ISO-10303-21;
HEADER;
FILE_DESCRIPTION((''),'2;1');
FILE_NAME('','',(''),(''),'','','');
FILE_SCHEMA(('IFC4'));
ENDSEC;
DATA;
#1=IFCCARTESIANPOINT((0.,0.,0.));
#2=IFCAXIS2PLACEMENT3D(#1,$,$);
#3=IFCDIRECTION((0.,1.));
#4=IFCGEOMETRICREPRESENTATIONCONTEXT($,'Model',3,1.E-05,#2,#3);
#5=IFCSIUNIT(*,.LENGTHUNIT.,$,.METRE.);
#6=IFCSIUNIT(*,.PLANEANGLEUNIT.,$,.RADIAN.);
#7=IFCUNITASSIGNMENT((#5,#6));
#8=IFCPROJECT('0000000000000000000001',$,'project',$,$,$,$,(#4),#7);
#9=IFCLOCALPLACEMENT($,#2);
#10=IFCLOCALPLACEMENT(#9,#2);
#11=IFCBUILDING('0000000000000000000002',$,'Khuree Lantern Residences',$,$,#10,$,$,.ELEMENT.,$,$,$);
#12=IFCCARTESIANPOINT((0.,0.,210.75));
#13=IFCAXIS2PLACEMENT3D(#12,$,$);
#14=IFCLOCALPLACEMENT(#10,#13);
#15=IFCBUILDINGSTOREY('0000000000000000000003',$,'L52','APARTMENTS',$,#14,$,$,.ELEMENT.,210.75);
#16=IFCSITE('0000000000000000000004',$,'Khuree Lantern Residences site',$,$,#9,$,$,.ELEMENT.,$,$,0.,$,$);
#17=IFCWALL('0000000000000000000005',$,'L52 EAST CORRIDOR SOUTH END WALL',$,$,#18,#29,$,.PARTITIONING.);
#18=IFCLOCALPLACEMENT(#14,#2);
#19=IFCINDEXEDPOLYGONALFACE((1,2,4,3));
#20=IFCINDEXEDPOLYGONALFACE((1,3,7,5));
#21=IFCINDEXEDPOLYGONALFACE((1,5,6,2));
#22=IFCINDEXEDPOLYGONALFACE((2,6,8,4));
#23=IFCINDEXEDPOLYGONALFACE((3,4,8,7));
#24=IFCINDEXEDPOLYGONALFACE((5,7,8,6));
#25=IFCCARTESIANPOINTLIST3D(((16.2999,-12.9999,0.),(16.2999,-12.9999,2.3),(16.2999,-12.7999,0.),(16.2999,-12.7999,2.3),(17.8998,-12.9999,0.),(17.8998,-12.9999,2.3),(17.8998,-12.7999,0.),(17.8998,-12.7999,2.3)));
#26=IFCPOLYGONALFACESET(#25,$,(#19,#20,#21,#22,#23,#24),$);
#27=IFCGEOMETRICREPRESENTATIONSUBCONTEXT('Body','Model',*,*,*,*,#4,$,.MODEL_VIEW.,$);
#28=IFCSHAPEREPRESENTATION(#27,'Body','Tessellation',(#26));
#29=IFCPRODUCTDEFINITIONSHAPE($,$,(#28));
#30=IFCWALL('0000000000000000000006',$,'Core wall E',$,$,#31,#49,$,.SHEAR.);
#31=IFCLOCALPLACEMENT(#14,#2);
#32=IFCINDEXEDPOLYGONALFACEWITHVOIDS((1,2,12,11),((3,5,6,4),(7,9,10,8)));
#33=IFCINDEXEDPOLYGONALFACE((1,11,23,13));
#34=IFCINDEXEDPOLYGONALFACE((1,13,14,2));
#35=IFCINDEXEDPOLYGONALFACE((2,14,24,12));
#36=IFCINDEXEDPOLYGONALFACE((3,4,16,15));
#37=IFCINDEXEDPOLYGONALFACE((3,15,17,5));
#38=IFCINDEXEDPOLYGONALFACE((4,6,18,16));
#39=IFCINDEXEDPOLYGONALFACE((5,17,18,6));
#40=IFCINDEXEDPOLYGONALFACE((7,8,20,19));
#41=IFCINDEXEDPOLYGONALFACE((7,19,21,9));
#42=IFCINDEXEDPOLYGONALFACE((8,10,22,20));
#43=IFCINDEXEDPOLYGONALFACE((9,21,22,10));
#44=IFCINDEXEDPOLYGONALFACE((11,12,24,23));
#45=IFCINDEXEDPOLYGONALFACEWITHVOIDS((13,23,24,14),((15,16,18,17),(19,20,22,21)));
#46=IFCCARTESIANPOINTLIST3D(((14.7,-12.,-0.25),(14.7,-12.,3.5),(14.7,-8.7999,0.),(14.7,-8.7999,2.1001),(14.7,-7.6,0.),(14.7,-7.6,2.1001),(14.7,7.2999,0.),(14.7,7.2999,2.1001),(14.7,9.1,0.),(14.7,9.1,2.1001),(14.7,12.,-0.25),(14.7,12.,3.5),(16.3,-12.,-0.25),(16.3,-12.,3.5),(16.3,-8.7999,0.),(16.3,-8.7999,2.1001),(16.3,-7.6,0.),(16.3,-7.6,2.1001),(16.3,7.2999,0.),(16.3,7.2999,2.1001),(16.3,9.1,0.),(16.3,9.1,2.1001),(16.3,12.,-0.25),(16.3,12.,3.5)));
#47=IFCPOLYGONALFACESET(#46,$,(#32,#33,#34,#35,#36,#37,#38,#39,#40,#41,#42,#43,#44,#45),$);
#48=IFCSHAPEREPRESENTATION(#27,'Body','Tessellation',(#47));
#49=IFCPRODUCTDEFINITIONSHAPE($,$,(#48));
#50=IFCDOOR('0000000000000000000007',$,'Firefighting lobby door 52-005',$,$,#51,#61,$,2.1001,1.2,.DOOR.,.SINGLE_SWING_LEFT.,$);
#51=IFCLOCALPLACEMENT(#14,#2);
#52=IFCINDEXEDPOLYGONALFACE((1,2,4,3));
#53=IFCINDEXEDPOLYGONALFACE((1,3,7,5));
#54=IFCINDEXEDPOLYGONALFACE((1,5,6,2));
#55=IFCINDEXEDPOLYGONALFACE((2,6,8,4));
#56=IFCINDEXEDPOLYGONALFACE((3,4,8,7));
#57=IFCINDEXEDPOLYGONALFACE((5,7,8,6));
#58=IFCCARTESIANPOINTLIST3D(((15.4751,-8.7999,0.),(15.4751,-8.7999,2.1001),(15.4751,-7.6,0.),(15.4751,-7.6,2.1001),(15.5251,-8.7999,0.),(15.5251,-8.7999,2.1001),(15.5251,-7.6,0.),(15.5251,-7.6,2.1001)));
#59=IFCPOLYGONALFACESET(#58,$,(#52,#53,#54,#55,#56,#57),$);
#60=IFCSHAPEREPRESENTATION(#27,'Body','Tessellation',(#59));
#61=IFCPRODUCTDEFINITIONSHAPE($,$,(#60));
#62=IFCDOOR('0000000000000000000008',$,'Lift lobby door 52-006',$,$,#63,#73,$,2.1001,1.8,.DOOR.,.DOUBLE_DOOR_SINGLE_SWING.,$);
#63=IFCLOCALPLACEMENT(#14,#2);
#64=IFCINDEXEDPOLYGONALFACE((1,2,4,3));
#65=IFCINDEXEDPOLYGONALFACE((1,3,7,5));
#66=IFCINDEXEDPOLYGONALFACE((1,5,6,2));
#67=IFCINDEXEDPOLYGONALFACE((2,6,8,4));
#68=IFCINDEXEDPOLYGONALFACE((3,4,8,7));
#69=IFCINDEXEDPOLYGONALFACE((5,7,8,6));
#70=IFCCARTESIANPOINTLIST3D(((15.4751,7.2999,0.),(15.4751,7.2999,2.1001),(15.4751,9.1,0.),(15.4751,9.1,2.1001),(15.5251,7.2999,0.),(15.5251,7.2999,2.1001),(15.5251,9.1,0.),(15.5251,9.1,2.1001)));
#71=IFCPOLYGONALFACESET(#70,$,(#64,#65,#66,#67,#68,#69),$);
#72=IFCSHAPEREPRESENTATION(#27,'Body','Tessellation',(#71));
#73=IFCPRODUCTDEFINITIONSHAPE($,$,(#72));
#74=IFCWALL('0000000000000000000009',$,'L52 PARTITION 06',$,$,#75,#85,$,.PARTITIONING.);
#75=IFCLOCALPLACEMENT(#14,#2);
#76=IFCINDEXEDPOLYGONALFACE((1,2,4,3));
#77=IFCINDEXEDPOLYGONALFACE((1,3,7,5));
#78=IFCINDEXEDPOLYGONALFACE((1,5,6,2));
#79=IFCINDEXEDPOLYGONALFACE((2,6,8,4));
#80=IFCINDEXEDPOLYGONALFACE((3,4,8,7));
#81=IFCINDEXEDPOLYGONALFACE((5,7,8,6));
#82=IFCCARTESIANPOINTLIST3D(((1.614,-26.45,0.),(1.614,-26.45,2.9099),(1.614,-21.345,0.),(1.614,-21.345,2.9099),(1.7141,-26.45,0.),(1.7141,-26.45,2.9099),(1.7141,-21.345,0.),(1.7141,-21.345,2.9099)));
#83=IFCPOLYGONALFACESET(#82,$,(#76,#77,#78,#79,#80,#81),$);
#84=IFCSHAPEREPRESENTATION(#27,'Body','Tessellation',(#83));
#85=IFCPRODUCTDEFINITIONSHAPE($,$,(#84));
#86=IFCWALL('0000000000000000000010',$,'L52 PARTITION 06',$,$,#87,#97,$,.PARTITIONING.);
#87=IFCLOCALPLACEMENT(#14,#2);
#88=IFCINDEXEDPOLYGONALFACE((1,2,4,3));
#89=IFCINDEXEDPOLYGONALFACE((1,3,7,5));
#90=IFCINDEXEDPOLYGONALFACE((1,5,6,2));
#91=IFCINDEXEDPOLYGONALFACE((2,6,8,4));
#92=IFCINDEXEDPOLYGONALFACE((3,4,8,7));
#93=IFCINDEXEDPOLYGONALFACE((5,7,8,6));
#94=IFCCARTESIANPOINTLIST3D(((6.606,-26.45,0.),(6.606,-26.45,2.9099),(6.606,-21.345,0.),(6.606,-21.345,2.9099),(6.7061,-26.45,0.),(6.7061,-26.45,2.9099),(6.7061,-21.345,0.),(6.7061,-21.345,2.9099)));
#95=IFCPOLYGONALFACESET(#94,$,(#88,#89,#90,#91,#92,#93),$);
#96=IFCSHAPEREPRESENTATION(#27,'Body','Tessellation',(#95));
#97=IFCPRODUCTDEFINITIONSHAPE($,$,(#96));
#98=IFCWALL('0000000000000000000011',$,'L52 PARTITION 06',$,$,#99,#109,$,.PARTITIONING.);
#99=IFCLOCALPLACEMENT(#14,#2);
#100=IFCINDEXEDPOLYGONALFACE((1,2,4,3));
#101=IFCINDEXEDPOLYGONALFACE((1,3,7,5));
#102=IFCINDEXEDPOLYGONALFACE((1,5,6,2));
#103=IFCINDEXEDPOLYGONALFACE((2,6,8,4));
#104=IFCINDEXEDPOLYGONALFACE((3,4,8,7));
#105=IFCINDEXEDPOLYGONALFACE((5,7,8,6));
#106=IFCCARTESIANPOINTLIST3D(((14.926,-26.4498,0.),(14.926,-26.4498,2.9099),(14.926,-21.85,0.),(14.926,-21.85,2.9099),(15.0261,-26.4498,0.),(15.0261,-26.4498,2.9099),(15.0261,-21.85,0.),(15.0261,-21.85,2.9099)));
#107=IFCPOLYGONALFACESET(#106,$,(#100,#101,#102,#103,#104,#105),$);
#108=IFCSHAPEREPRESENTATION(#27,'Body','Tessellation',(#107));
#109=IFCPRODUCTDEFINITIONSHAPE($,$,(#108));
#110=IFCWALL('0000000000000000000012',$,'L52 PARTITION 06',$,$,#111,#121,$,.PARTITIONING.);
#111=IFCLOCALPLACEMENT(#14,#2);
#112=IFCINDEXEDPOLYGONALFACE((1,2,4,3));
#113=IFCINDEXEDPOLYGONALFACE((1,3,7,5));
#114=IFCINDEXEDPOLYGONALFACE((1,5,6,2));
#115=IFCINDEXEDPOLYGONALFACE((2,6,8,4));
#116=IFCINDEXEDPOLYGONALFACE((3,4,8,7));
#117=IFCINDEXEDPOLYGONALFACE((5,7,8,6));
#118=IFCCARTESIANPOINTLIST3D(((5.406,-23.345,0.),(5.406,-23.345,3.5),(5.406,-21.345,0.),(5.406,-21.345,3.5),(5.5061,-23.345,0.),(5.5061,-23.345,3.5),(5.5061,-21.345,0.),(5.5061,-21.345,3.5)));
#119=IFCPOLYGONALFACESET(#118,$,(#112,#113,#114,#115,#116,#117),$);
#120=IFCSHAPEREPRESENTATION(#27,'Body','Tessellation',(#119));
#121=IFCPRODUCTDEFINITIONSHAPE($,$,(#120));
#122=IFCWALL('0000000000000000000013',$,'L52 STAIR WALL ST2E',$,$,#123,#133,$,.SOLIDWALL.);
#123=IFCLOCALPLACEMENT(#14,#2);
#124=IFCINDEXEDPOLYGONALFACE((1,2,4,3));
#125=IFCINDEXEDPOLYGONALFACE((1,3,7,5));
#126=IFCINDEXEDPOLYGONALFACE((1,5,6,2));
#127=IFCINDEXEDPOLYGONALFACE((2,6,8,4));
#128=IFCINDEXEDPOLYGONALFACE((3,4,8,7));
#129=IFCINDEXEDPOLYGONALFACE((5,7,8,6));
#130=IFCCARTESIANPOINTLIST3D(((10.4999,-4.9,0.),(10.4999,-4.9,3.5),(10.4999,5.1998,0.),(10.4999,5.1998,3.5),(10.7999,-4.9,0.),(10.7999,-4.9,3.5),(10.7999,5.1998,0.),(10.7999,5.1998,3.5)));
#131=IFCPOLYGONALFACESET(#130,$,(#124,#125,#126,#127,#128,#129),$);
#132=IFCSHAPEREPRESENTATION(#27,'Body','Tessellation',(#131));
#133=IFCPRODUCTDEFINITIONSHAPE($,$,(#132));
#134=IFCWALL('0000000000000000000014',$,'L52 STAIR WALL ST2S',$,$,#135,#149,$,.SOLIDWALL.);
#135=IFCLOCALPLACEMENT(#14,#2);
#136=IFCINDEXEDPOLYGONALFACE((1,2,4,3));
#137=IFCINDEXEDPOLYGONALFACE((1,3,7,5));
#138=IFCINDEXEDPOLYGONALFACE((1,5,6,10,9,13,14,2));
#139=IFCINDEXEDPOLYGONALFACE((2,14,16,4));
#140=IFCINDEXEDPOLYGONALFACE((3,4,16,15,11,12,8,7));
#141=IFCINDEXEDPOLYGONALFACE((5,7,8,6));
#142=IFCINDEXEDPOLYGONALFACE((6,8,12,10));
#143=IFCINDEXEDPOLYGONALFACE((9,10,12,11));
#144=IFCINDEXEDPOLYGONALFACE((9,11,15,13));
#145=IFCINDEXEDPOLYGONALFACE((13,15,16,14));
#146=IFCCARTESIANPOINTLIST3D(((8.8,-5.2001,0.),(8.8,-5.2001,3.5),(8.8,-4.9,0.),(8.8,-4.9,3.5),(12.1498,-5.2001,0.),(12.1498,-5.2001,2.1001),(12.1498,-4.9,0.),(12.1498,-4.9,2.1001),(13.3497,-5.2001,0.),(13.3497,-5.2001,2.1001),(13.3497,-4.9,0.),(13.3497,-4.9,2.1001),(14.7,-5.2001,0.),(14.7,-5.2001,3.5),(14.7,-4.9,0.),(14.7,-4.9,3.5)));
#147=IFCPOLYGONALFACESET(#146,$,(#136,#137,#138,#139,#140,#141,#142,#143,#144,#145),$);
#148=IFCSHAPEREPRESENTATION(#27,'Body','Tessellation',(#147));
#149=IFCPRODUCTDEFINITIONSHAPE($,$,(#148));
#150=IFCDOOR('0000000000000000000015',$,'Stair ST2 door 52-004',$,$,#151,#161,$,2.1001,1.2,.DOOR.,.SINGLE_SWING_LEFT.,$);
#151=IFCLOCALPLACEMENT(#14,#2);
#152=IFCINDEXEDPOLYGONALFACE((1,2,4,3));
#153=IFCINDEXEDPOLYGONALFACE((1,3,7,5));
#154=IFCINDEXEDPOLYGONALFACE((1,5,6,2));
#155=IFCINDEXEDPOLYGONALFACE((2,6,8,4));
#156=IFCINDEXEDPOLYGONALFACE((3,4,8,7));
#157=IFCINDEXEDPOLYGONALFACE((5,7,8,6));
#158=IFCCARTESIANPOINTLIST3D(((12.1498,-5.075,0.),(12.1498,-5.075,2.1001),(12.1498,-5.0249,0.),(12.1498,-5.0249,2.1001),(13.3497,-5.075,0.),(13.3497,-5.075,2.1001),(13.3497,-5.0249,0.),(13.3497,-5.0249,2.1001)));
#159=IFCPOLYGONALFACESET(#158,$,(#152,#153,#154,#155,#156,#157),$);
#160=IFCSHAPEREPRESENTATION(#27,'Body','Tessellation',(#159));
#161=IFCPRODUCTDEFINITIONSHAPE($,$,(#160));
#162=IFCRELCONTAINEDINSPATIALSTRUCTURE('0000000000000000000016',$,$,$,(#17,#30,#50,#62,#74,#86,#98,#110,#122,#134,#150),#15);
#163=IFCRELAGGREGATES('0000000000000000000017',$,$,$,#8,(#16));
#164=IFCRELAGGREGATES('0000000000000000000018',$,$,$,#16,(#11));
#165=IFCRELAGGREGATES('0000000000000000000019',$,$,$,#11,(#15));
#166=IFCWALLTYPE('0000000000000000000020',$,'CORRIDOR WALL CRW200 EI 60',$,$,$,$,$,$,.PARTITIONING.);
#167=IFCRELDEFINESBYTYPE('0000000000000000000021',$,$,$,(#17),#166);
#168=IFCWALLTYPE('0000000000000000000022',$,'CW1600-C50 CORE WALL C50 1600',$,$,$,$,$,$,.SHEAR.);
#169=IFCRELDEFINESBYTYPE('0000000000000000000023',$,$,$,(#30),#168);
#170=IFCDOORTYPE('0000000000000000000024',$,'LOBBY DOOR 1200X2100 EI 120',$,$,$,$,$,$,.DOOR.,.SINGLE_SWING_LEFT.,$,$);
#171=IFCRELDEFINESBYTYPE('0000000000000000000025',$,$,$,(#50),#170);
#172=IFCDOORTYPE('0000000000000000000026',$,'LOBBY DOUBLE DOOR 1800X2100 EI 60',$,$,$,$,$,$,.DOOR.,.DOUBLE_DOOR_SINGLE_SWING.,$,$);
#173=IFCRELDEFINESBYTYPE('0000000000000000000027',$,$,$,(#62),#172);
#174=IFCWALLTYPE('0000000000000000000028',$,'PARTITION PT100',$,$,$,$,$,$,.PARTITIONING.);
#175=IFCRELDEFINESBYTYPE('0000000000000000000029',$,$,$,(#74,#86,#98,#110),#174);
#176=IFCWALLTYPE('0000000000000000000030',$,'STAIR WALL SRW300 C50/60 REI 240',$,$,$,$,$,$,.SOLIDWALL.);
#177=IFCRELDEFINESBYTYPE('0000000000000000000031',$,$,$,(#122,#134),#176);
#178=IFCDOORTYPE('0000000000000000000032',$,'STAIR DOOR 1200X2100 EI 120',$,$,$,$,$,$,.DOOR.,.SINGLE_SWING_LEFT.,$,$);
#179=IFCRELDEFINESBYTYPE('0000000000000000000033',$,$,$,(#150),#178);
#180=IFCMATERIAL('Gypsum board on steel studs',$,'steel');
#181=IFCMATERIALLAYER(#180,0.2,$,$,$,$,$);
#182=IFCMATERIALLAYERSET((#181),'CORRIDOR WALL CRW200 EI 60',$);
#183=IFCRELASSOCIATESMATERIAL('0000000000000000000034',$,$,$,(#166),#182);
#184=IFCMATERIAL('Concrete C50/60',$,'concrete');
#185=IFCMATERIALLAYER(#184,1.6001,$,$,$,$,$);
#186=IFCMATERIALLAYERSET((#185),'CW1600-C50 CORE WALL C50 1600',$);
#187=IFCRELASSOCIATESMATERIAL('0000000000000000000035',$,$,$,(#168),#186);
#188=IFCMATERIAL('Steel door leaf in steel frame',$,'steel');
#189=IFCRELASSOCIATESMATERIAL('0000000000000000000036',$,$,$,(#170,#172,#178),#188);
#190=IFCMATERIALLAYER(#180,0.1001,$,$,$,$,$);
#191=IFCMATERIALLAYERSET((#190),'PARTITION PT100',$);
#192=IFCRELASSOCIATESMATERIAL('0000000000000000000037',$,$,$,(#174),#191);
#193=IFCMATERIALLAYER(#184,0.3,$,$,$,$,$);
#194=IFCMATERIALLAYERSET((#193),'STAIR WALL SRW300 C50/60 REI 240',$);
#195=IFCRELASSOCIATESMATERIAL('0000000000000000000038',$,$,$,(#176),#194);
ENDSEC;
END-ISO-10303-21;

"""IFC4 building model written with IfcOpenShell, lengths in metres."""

from ifc_helpers import new_model, si_unit, direction, frame, frame_2d, origin, place, context, subcontext, project, spatial, rectangle, extrude, material, layer, layer_set, type_object, element, fill, save


model = new_model("IFC4")

# Units and contexts
model_context = context("Model", 3, precision=1e-05, world=origin(), true_north=direction((0.0, 1.0)))
body_context = subcontext(model_context, "Body", "Model", "MODEL_VIEW")
ifc_project = project(units=[si_unit("LENGTHUNIT", "METRE"), si_unit("PLANEANGLEUNIT", "RADIAN")], contexts=[model_context])

# Site, building, storey
site_placement = place(None, origin())
site = spatial("IfcSite", under=ifc_project, at=site_placement, Name="Khuree Lantern Residences site", CompositionType="ELEMENT", RefElevation=0.0)
building_placement = place(site_placement, origin())
building = spatial("IfcBuilding", under=site, at=building_placement, Name="Khuree Lantern Residences", CompositionType="ELEMENT")
storey_placement = place(building_placement, frame((0.0, 0.0, 210.75)))
storey = spatial("IfcBuildingStorey", under=building, at=storey_placement, Name="L52", Description="APARTMENTS", CompositionType="ELEMENT", Elevation=210.75)

# Shared definitions
ifc_material_1 = material(Name="Concrete C50/60", Category="concrete")

# Wall
ifc_material_2 = material(Name="Gypsum board on steel studs", Category="steel")
ifc_layer_1 = layer(ifc_material_2, 0.2)
ifc_layer_set_1 = layer_set([ifc_layer_1], Name="CORRIDOR WALL CRW200 EI 60")
wall_type_1 = type_object("IfcWallType", Name="CORRIDOR WALL CRW200 EI 60", PredefinedType="PARTITIONING", material=ifc_layer_set_1)
wall_1_placement = place(storey_placement, frame((16.3, -12.8999, 0.0), z_axis=(0.0, 0.0, 1.0), x_axis=(1.0, 0.0, 0.0)))
element("IfcWall", 1, at=wall_1_placement, inside=storey, type_object=wall_type_1, Name="L52 EAST CORRIDOR SOUTH END WALL", PredefinedType="PARTITIONING", context=body_context, shape_type="SweptSolid", body=[
    extrude(rectangle(XDim=1.5999, YDim=0.2, at=frame_2d((0.7998, 0.0))), origin(), (0.0, 0.0, 1.0), 2.3),
])

# Wall, openings, doors
ifc_layer_2 = layer(ifc_material_1, 1.6001)
ifc_layer_set_2 = layer_set([ifc_layer_2], Name="CW1600-C50 CORE WALL C50 1600")
wall_type_2 = type_object("IfcWallType", Name="CW1600-C50 CORE WALL C50 1600", PredefinedType="SHEAR", material=ifc_layer_set_2)
wall_2_placement = place(storey_placement, frame((15.5, -12.0, -0.25), z_axis=(0.0, 0.0, 1.0), x_axis=(0.0, 1.0, 0.0)))
wall_2 = element("IfcWall", 2, at=wall_2_placement, inside=storey, type_object=wall_type_2, Name="Core wall E", PredefinedType="SHEAR", context=body_context, shape_type="SweptSolid", body=[
    extrude(rectangle(XDim=24.0, YDim=1.6001, at=frame_2d((12.0, 0.0))), origin(), (0.0, 0.0, 1.0), 3.75),
])
opening_1_placement = place(wall_2_placement, frame((3.2, 0.0, 0.25)))
opening_1 = element("IfcOpeningElement", 3, at=opening_1_placement, cuts=wall_2, PredefinedType="OPENING", context=body_context, shape_type="SweptSolid", body=[
    extrude(rectangle(XDim=1.2, YDim=2.1001, at=frame_2d((0.6001, 1.05))), frame((0.0, 0.8101, 0.0), z_axis=(0.0, -1.0, 0.0), x_axis=(1.0, 0.0, 0.0)), (0.0, 0.0, 1.0), 1.6201),
])
opening_2_placement = place(wall_2_placement, frame((19.3, 0.0, 0.25)))
opening_2 = element("IfcOpeningElement", 4, at=opening_2_placement, cuts=wall_2, PredefinedType="OPENING", context=body_context, shape_type="SweptSolid", body=[
    extrude(rectangle(XDim=1.8, YDim=2.1001, at=frame_2d((0.8999, 1.05))), frame((0.0, 0.8101, 0.0), z_axis=(0.0, -1.0, 0.0), x_axis=(1.0, 0.0, 0.0)), (0.0, 0.0, 1.0), 1.6201),
])
ifc_material_3 = material(Name="Steel door leaf in steel frame", Category="steel")
door_type_1 = type_object("IfcDoorType", Name="LOBBY DOOR 1200X2100 EI 120", OperationType="SINGLE_SWING_LEFT", PredefinedType="DOOR", material=ifc_material_3)
door_1_placement = place(opening_1_placement, origin())
door_1 = element("IfcDoor", 5, at=door_1_placement, inside=storey, type_object=door_type_1, Name="Firefighting lobby door 52-005", OperationType="SINGLE_SWING_LEFT", OverallHeight=2.1001, OverallWidth=1.2, PredefinedType="DOOR", context=body_context, shape_type="SweptSolid", body=[
    extrude(rectangle(XDim=1.2, YDim=2.1001, at=frame_2d((0.6001, 1.05))), frame((0.0, 0.0249, 0.0), z_axis=(0.0, -1.0, 0.0), x_axis=(1.0, 0.0, 0.0)), (0.0, 0.0, 1.0), 0.05),
])
fill(opening_1, door_1)
door_type_2 = type_object("IfcDoorType", Name="LOBBY DOUBLE DOOR 1800X2100 EI 60", OperationType="DOUBLE_DOOR_SINGLE_SWING", PredefinedType="DOOR", material=ifc_material_3)
door_2_placement = place(opening_2_placement, origin())
door_2 = element("IfcDoor", 6, at=door_2_placement, inside=storey, type_object=door_type_2, Name="Lift lobby door 52-006", OperationType="DOUBLE_DOOR_SINGLE_SWING", OverallHeight=2.1001, OverallWidth=1.8, PredefinedType="DOOR", context=body_context, shape_type="SweptSolid", body=[
    extrude(rectangle(XDim=1.8, YDim=2.1001, at=frame_2d((0.8999, 1.05))), frame((0.0, 0.0249, 0.0), z_axis=(0.0, -1.0, 0.0), x_axis=(1.0, 0.0, 0.0)), (0.0, 0.0, 1.0), 0.05),
])
fill(opening_2, door_2)

# Walls
ifc_layer_3 = layer(ifc_material_2, 0.1001)
ifc_layer_set_3 = layer_set([ifc_layer_3], Name="PARTITION PT100")
wall_type_3 = type_object("IfcWallType", Name="PARTITION PT100", PredefinedType="PARTITIONING", material=ifc_layer_set_3)
for number, where, z_axis, x_axis, name in (
    (7, (1.6641, -21.345, 0.0), (0.0, 0.0, 1.0), (0.0, -1.0, 0.0), "L52 PARTITION 06"),
    (8, (6.656, -21.345, 0.0), (0.0, 0.0, 1.0), (0.0, -1.0, 0.0), "L52 PARTITION 06"),
):
    element("IfcWall", number, at=place(storey_placement, frame(where, z_axis=z_axis, x_axis=x_axis)), inside=storey, type_object=wall_type_3, Name=name, PredefinedType="PARTITIONING", context=body_context, shape_type="SweptSolid", body=[
        extrude(rectangle(XDim=5.105, YDim=0.1001, at=frame_2d((2.5525, 0.0))), origin(), (0.0, 0.0, 1.0), 2.9099),
    ])
wall_3_placement = place(storey_placement, frame((14.9761, -21.8501, 0.0), z_axis=(0.0, 0.0, 1.0), x_axis=(0.0, -1.0, 0.0)))
element("IfcWall", 9, at=wall_3_placement, inside=storey, type_object=wall_type_3, Name="L52 PARTITION 06", PredefinedType="PARTITIONING", context=body_context, shape_type="SweptSolid", body=[
    extrude(rectangle(XDim=4.5999, YDim=0.1001, at=frame_2d((2.2998, 0.0))), origin(), (0.0, 0.0, 1.0), 2.9099),
])
wall_4_placement = place(storey_placement, frame((5.4561, -21.345, 0.0), z_axis=(0.0, 0.0, 1.0), x_axis=(0.0, -1.0, 0.0)))
element("IfcWall", 10, at=wall_4_placement, inside=storey, type_object=wall_type_3, Name="L52 PARTITION 06", PredefinedType="PARTITIONING", context=body_context, shape_type="SweptSolid", body=[
    extrude(rectangle(XDim=2.0, YDim=0.1001, at=frame_2d((1.0, 0.0))), origin(), (0.0, 0.0, 1.0), 3.5),
])
ifc_layer_4 = layer(ifc_material_1, 0.3)
ifc_layer_set_4 = layer_set([ifc_layer_4], Name="STAIR WALL SRW300 C50/60 REI 240")
wall_type_4 = type_object("IfcWallType", Name="STAIR WALL SRW300 C50/60 REI 240", PredefinedType="SOLIDWALL", material=ifc_layer_set_4)
wall_5_placement = place(storey_placement, frame((10.6499, -4.8999, 0.0), z_axis=(0.0, 0.0, 1.0), x_axis=(0.0, 1.0, 0.0)))
element("IfcWall", 11, at=wall_5_placement, inside=storey, type_object=wall_type_4, Name="L52 STAIR WALL ST2E", PredefinedType="SOLIDWALL", context=body_context, shape_type="SweptSolid", body=[
    extrude(rectangle(XDim=10.0999, YDim=0.3, at=frame_2d((5.0498, 0.0))), origin(), (0.0, 0.0, 1.0), 3.5),
])

# Wall, opening, door
wall_6_placement = place(storey_placement, frame((14.7, -5.05, 0.0), z_axis=(0.0, 0.0, 1.0), x_axis=(-1.0, 0.0, 0.0)))
wall_6 = element("IfcWall", 12, at=wall_6_placement, inside=storey, type_object=wall_type_4, Name="L52 STAIR WALL ST2S", PredefinedType="SOLIDWALL", context=body_context, shape_type="SweptSolid", body=[
    extrude(rectangle(XDim=5.8999, YDim=0.3, at=frame_2d((2.95, 0.0))), origin(), (0.0, 0.0, 1.0), 3.5),
])
opening_3_placement = place(wall_6_placement, frame((1.3501, 0.0, 0.0)))
opening_3 = element("IfcOpeningElement", 13, at=opening_3_placement, cuts=wall_6, PredefinedType="OPENING", context=body_context, shape_type="SweptSolid", body=[
    extrude(rectangle(XDim=1.2, YDim=2.1001, at=frame_2d((0.6001, 1.05))), frame((0.0, 0.1602, 0.0), z_axis=(0.0, -1.0, 0.0), x_axis=(1.0, 0.0, 0.0)), (0.0, 0.0, 1.0), 0.3201),
])
door_type_3 = type_object("IfcDoorType", Name="STAIR DOOR 1200X2100 EI 120", OperationType="SINGLE_SWING_LEFT", PredefinedType="DOOR", material=ifc_material_3)
door_3_placement = place(opening_3_placement, origin())
door_3 = element("IfcDoor", 14, at=door_3_placement, inside=storey, type_object=door_type_3, Name="Stair ST2 door 52-004", OperationType="SINGLE_SWING_LEFT", OverallHeight=2.1001, OverallWidth=1.2, PredefinedType="DOOR", context=body_context, shape_type="SweptSolid", body=[
    extrude(rectangle(XDim=1.2, YDim=2.1001, at=frame_2d((0.6001, 1.05))), frame((0.0, 0.0249, 0.0), z_axis=(0.0, -1.0, 0.0), x_axis=(1.0, 0.0, 0.0)), (0.0, 0.0, 1.0), 0.05),
])
fill(opening_3, door_3)

save(model, "model.ifc")
